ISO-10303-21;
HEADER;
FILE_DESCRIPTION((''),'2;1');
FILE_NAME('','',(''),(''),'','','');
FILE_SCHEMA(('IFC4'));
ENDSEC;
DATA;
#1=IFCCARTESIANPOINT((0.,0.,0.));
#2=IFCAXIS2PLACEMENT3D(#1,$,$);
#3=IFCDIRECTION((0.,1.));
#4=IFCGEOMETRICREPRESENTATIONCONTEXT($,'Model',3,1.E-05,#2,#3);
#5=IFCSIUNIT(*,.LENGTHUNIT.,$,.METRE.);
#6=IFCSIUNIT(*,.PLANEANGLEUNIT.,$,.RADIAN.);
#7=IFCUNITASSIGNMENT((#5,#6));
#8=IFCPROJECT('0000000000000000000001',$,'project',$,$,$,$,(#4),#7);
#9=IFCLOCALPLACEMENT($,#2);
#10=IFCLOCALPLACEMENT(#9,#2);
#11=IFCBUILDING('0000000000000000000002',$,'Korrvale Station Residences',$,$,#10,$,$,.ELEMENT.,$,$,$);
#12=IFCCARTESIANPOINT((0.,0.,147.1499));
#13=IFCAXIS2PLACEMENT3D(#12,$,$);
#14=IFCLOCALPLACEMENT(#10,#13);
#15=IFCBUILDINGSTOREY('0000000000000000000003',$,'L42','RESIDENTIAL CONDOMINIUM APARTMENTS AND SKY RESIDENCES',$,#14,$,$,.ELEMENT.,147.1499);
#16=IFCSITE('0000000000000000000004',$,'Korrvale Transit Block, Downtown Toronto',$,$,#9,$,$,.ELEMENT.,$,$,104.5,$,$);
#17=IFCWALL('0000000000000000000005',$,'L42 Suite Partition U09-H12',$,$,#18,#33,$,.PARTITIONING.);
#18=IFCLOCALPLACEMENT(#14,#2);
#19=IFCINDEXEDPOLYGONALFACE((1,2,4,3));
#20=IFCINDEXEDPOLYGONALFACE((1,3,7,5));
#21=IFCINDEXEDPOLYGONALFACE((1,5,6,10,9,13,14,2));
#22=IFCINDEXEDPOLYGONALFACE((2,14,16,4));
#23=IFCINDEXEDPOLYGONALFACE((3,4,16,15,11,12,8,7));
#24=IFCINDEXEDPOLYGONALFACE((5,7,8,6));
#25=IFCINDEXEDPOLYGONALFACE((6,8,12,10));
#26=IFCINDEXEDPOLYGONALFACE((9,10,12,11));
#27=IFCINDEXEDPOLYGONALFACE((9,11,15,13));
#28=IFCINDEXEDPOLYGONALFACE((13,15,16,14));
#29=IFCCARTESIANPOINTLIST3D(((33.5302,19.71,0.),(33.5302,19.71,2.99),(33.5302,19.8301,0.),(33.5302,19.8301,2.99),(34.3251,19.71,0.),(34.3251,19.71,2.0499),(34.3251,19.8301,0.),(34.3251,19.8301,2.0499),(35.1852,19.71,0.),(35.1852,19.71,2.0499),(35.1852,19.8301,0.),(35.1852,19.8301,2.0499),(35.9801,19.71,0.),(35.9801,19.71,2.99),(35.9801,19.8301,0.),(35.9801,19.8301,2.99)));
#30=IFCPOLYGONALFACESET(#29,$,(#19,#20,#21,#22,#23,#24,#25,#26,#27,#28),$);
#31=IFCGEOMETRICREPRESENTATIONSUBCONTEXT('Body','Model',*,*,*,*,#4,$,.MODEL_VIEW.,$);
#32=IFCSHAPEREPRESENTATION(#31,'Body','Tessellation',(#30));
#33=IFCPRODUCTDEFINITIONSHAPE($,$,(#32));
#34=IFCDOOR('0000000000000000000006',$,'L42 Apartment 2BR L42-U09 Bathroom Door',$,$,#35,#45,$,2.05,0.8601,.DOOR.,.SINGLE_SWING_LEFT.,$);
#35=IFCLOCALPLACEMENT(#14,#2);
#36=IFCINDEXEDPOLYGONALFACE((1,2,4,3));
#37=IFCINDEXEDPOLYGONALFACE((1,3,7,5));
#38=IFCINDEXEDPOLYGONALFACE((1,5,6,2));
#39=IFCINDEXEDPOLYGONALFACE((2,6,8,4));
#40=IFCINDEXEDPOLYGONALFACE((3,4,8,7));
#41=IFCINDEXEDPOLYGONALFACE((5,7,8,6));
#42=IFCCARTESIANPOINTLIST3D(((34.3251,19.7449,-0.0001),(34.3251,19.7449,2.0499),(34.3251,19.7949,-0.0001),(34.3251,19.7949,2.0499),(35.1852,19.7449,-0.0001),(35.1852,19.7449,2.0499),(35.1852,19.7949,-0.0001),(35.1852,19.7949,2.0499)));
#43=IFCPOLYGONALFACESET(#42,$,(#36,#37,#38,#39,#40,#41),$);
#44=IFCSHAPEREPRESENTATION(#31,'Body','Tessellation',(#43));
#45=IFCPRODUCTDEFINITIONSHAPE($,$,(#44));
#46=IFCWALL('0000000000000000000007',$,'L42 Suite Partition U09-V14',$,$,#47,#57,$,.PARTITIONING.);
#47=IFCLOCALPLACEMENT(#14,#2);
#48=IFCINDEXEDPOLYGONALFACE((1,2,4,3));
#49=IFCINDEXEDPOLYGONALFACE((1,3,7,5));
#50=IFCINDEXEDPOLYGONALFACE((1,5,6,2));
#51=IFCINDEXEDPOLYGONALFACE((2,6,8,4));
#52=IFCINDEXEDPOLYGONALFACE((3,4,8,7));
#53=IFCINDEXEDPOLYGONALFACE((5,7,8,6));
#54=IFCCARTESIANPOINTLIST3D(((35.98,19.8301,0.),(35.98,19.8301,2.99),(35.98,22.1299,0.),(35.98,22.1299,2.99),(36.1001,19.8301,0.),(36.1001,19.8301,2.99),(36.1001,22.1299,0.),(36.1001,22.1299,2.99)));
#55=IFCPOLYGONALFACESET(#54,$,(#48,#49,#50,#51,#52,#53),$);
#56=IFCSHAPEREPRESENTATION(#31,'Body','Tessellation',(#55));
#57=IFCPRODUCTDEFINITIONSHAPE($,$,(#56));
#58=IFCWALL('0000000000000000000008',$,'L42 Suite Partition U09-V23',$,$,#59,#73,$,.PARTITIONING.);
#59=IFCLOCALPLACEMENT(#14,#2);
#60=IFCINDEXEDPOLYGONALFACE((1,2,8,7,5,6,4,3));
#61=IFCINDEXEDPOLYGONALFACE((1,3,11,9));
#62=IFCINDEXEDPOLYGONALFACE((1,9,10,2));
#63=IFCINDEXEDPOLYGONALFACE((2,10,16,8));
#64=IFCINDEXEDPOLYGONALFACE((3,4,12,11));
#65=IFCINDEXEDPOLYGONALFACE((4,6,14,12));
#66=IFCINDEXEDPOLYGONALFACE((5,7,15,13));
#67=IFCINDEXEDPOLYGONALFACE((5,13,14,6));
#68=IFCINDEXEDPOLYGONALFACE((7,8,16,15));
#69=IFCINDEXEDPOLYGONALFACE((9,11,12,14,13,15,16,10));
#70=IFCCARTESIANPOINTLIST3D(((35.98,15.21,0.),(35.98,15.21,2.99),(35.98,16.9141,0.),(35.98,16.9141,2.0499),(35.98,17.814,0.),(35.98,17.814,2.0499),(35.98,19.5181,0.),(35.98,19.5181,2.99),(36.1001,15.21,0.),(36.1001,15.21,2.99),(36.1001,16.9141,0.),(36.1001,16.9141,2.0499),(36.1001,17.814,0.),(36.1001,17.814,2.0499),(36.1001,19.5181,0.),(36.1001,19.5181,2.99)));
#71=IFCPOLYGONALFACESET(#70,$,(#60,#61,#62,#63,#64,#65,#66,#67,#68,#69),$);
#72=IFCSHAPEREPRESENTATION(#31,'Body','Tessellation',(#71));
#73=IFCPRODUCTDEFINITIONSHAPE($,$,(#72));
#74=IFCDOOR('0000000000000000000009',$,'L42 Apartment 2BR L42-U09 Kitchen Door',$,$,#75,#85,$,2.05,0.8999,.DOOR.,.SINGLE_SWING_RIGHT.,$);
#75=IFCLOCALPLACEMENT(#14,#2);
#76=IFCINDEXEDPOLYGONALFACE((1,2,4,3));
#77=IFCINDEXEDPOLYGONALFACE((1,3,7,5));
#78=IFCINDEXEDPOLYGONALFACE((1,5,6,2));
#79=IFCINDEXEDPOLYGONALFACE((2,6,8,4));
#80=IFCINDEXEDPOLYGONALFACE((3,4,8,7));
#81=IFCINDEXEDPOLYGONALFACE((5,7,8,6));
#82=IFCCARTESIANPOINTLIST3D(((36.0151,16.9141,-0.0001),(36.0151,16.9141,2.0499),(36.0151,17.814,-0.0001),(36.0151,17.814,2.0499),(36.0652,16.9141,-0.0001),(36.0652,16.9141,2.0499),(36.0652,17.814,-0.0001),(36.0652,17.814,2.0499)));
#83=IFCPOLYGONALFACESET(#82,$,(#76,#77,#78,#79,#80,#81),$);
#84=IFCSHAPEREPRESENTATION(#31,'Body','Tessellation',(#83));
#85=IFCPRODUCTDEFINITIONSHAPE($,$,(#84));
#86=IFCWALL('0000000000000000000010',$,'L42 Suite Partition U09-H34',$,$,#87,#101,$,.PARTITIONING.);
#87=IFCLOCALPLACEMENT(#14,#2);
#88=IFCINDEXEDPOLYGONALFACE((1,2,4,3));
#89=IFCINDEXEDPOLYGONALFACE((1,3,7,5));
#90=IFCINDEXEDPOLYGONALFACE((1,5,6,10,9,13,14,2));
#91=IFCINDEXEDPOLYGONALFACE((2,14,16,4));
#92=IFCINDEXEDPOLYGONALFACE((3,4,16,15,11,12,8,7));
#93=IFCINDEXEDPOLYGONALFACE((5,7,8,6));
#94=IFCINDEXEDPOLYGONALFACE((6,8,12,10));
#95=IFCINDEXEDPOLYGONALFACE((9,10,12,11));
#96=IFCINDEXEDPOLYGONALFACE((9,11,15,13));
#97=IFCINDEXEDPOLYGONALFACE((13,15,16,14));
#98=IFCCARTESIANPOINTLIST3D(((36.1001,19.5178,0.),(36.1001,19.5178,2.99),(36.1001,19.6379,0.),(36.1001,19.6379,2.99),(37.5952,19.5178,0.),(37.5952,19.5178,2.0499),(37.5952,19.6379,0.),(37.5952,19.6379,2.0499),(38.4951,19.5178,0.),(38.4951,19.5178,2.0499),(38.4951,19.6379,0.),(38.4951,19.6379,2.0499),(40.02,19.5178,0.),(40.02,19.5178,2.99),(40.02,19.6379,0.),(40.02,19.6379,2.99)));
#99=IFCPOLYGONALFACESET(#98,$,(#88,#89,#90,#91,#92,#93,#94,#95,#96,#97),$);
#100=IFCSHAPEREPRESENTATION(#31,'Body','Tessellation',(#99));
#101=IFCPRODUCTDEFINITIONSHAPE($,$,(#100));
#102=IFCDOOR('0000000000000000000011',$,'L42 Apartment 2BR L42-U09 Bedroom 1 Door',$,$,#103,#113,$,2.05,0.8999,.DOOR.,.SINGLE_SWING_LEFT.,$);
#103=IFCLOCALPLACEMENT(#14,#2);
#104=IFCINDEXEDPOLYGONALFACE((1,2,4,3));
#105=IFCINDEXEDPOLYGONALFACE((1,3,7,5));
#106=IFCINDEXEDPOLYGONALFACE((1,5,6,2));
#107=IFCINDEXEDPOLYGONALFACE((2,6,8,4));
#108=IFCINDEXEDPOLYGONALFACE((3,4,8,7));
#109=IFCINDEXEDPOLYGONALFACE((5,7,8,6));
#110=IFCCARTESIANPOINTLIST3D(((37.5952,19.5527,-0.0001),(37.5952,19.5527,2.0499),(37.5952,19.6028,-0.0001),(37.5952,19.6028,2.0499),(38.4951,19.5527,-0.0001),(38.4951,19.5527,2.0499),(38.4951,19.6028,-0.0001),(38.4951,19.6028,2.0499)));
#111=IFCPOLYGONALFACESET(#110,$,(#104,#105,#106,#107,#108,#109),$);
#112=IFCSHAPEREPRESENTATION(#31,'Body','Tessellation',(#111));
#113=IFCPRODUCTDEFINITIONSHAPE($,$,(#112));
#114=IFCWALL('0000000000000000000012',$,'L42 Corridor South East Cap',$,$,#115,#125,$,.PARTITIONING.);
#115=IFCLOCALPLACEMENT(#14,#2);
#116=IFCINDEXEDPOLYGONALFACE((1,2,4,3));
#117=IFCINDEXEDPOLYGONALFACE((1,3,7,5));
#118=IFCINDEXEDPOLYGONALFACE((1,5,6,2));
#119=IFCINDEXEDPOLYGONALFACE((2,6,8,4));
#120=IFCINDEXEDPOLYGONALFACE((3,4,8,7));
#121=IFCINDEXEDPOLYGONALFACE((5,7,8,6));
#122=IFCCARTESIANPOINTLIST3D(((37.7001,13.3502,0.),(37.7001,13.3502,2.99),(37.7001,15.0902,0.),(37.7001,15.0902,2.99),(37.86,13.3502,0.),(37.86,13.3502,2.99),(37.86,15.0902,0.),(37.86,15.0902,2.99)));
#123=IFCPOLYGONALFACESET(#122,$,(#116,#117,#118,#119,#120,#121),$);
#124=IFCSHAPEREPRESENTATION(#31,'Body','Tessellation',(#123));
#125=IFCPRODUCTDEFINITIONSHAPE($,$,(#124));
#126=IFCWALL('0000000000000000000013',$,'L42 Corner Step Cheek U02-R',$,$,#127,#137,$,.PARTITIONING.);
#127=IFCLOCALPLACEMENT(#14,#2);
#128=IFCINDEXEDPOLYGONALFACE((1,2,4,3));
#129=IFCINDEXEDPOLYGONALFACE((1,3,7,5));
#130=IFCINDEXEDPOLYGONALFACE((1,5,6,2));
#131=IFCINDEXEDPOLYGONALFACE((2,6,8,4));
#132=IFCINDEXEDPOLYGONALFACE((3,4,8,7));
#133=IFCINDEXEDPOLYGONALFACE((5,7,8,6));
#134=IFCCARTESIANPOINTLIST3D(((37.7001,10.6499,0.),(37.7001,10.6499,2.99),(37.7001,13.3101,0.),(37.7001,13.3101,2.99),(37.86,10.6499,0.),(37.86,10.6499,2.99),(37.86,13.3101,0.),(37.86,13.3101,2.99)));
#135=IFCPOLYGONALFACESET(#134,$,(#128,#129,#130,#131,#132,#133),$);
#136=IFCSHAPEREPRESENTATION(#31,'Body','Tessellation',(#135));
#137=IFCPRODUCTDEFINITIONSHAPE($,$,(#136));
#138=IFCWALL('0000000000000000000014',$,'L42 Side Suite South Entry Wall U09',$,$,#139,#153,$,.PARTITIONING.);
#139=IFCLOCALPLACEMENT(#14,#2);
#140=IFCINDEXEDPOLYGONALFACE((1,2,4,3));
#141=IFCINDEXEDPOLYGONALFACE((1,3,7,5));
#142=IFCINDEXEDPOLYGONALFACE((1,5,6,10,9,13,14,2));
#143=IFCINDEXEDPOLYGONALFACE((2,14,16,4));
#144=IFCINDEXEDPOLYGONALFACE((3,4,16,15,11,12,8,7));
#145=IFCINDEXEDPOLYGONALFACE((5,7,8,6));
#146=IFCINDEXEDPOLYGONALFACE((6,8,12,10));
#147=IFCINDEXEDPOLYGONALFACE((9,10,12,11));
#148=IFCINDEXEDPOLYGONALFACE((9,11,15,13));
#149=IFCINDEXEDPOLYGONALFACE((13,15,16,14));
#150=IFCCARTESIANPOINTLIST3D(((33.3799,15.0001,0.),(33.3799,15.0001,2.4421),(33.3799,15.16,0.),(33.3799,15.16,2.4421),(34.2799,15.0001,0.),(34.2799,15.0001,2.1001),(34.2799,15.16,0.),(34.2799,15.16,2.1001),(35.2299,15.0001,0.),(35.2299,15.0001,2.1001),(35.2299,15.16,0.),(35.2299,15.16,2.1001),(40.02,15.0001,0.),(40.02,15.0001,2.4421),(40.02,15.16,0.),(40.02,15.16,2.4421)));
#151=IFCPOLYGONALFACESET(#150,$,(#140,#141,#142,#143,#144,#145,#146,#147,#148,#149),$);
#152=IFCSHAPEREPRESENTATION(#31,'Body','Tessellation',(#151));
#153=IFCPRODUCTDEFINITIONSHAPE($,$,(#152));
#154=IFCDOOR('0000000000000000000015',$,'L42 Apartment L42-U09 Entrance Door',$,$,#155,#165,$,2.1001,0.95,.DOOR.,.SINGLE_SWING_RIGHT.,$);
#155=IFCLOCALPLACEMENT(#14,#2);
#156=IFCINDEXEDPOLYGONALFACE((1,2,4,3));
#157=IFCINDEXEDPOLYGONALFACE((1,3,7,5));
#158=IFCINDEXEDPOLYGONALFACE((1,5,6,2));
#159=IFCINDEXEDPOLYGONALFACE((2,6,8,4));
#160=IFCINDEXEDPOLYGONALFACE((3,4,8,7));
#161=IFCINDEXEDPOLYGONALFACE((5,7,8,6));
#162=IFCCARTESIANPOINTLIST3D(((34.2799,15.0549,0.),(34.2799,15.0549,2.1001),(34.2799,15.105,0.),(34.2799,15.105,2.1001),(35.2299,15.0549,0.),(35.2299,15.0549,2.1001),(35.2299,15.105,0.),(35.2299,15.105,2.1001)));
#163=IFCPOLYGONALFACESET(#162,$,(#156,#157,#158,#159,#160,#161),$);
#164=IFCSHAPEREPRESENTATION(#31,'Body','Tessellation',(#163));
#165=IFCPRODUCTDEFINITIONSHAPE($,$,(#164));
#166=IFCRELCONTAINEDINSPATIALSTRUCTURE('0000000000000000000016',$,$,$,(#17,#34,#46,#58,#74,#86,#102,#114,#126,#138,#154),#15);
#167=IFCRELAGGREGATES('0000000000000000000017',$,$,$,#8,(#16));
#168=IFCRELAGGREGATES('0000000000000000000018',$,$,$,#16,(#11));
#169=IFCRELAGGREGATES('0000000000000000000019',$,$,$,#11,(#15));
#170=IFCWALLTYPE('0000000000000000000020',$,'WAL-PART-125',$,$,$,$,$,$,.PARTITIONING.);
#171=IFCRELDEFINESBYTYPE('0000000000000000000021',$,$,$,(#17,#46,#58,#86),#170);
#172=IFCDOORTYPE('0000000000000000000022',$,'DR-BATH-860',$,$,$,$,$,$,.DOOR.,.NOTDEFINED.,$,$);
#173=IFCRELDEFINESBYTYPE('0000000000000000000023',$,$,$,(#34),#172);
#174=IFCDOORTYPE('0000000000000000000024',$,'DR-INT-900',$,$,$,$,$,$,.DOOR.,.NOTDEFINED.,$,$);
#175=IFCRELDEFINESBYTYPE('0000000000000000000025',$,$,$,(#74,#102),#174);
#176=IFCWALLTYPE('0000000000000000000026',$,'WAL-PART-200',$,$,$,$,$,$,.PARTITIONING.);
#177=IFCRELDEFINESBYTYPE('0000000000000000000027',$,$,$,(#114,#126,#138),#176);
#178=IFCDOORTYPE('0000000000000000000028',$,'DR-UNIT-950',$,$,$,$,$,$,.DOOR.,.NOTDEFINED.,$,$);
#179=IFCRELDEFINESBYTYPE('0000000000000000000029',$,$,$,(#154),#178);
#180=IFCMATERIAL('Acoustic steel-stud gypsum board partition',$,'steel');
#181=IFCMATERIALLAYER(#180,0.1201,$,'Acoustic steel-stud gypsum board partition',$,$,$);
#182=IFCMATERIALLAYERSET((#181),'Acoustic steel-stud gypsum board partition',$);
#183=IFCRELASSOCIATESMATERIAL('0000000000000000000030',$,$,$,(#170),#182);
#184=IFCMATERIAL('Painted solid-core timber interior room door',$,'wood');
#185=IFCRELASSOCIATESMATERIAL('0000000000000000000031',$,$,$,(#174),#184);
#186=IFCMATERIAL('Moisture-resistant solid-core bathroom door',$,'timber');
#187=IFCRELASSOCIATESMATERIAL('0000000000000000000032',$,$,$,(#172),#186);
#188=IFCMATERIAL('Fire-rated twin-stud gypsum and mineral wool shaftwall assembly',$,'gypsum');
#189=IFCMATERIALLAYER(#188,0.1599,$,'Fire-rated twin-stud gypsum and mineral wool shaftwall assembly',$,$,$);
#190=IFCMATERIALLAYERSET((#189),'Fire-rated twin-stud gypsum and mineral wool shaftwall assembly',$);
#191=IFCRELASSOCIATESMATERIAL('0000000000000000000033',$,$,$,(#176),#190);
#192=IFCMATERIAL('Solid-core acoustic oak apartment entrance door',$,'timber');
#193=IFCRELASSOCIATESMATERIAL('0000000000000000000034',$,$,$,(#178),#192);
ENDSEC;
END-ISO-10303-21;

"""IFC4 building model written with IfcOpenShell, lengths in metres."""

from ifc_helpers import new_model, si_unit, direction, frame, frame_2d, origin, place, context, subcontext, project, spatial, rectangle, extrude, material, layer, layer_set, type_object, element, fill, save


model = new_model("IFC4")

# Units and contexts
model_context = context("Model", 3, precision=1e-05, world=origin(), true_north=direction((0.0, 1.0)))
body_context = subcontext(model_context, "Body", "Model", "MODEL_VIEW")
ifc_project = project(units=[si_unit("LENGTHUNIT", "METRE"), si_unit("PLANEANGLEUNIT", "RADIAN")], contexts=[model_context])

# Site, building, storey
site_placement = place(None, origin())
site = spatial("IfcSite", under=ifc_project, at=site_placement, Name="Korrvale Transit Block, Downtown Toronto", CompositionType="ELEMENT", RefElevation=104.5)
building_placement = place(site_placement, origin())
building = spatial("IfcBuilding", under=site, at=building_placement, Name="Korrvale Station Residences", CompositionType="ELEMENT")
storey_placement = place(building_placement, frame((0.0, 0.0, 147.1499)))
storey = spatial("IfcBuildingStorey", under=building, at=storey_placement, Name="L42", Description="RESIDENTIAL CONDOMINIUM APARTMENTS AND SKY RESIDENCES", CompositionType="ELEMENT", Elevation=147.1499)

# Wall, opening, door
ifc_material_1 = material(Name="Acoustic steel-stud gypsum board partition", Category="steel")
ifc_layer_1 = layer(ifc_material_1, 0.1201, Name="Acoustic steel-stud gypsum board partition")
ifc_layer_set_1 = layer_set([ifc_layer_1], Name="Acoustic steel-stud gypsum board partition")
wall_type_1 = type_object("IfcWallType", Name="WAL-PART-125", PredefinedType="PARTITIONING", material=ifc_layer_set_1)
ifc_material_2 = material(Name="Painted solid-core timber interior room door", Category="wood")
door_type_1 = type_object("IfcDoorType", Name="DR-INT-900", OperationType="NOTDEFINED", PredefinedType="DOOR", material=ifc_material_2)
wall_1_placement = place(storey_placement, frame((33.53, 19.77, 0.0), z_axis=(0.0, 0.0, 1.0), x_axis=(1.0, 0.0, 0.0)))
wall_1 = element("IfcWall", 1, at=wall_1_placement, inside=storey, type_object=wall_type_1, Name="L42 Suite Partition U09-H12", PredefinedType="PARTITIONING", context=body_context, shape_type="SweptSolid", body=[
    extrude(rectangle(XDim=2.45, YDim=0.1201, at=frame_2d((1.2251, 0.0))), origin(), (0.0, 0.0, 1.0), 2.99),
])
opening_1_placement = place(wall_1_placement, frame((0.7949, 0.0, 0.0)))
opening_1 = element("IfcOpeningElement", 2, at=opening_1_placement, cuts=wall_1, PredefinedType="OPENING", context=body_context, shape_type="SweptSolid", body=[
    extrude(rectangle(XDim=0.8601, YDim=2.05, at=frame_2d((0.4302, 1.0249))), frame((0.0, 0.0701, 0.0), z_axis=(0.0, -1.0, 0.0), x_axis=(1.0, 0.0, 0.0)), (0.0, 0.0, 1.0), 0.1401),
])
ifc_material_3 = material(Name="Moisture-resistant solid-core bathroom door", Category="timber")
door_type_2 = type_object("IfcDoorType", Name="DR-BATH-860", OperationType="NOTDEFINED", PredefinedType="DOOR", material=ifc_material_3)
door_1_placement = place(opening_1_placement, origin())
door_1 = element("IfcDoor", 3, at=door_1_placement, inside=storey, type_object=door_type_2, Name="L42 Apartment 2BR L42-U09 Bathroom Door", OperationType="SINGLE_SWING_LEFT", OverallHeight=2.05, OverallWidth=0.8601, PredefinedType="DOOR", context=body_context, shape_type="SweptSolid", body=[
    extrude(rectangle(XDim=0.8601, YDim=2.05, at=frame_2d((0.4302, 1.0249))), frame((0.0, 0.0249, 0.0), z_axis=(0.0, -1.0, 0.0), x_axis=(1.0, 0.0, 0.0)), (0.0, 0.0, 1.0), 0.05),
])
fill(opening_1, door_1)

# Wall
wall_2_placement = place(storey_placement, frame((36.04, 19.8301, 0.0), z_axis=(0.0, 0.0, 1.0), x_axis=(0.0, 1.0, 0.0)))
element("IfcWall", 4, at=wall_2_placement, inside=storey, type_object=wall_type_1, Name="L42 Suite Partition U09-V14", PredefinedType="PARTITIONING", context=body_context, shape_type="SweptSolid", body=[
    extrude(rectangle(XDim=2.2998, YDim=0.1201, at=frame_2d((1.1499, 0.0))), origin(), (0.0, 0.0, 1.0), 2.99),
])

# Walls, openings, doors
wall_3_placement = place(storey_placement, frame((36.04, 15.21, 0.0), z_axis=(0.0, 0.0, 1.0), x_axis=(0.0, 1.0, 0.0)))
wall_3 = element("IfcWall", 5, at=wall_3_placement, inside=storey, type_object=wall_type_1, Name="L42 Suite Partition U09-V23", PredefinedType="PARTITIONING", context=body_context, shape_type="SweptSolid", body=[
    extrude(rectangle(XDim=4.3081, YDim=0.1201, at=frame_2d((2.1541, 0.0))), origin(), (0.0, 0.0, 1.0), 2.99),
])
opening_2_placement = place(wall_3_placement, frame((1.7041, 0.0, 0.0)))
opening_2 = element("IfcOpeningElement", 6, at=opening_2_placement, cuts=wall_3, PredefinedType="OPENING", context=body_context, shape_type="SweptSolid", body=[
    extrude(rectangle(XDim=0.8999, YDim=2.05, at=frame_2d((0.45, 1.0249))), frame((0.0, 0.0701, 0.0), z_axis=(0.0, -1.0, 0.0), x_axis=(1.0, 0.0, 0.0)), (0.0, 0.0, 1.0), 0.1401),
])
door_2_placement = place(opening_2_placement, origin())
door_2 = element("IfcDoor", 7, at=door_2_placement, inside=storey, type_object=door_type_1, Name="L42 Apartment 2BR L42-U09 Kitchen Door", OperationType="SINGLE_SWING_RIGHT", OverallHeight=2.05, OverallWidth=0.8999, PredefinedType="DOOR", context=body_context, shape_type="SweptSolid", body=[
    extrude(rectangle(XDim=0.8999, YDim=2.05, at=frame_2d((0.45, 1.0249))), frame((0.0, 0.0249, 0.0), z_axis=(0.0, -1.0, 0.0), x_axis=(1.0, 0.0, 0.0)), (0.0, 0.0, 1.0), 0.05),
])
fill(opening_2, door_2)
wall_4_placement = place(storey_placement, frame((36.1001, 19.5779, 0.0), z_axis=(0.0, 0.0, 1.0), x_axis=(1.0, 0.0, 0.0)))
wall_4 = element("IfcWall", 8, at=wall_4_placement, inside=storey, type_object=wall_type_1, Name="L42 Suite Partition U09-H34", PredefinedType="PARTITIONING", context=body_context, shape_type="SweptSolid", body=[
    extrude(rectangle(XDim=3.9199, YDim=0.1201, at=frame_2d((1.96, 0.0))), origin(), (0.0, 0.0, 1.0), 2.99),
])
opening_3_placement = place(wall_4_placement, frame((1.4951, 0.0, 0.0)))
opening_3 = element("IfcOpeningElement", 9, at=opening_3_placement, cuts=wall_4, PredefinedType="OPENING", context=body_context, shape_type="SweptSolid", body=[
    extrude(rectangle(XDim=0.8999, YDim=2.05, at=frame_2d((0.45, 1.0249))), frame((0.0, 0.0701, 0.0), z_axis=(0.0, -1.0, 0.0), x_axis=(1.0, 0.0, 0.0)), (0.0, 0.0, 1.0), 0.1401),
])
door_3_placement = place(opening_3_placement, origin())
door_3 = element("IfcDoor", 10, at=door_3_placement, inside=storey, type_object=door_type_1, Name="L42 Apartment 2BR L42-U09 Bedroom 1 Door", OperationType="SINGLE_SWING_LEFT", OverallHeight=2.05, OverallWidth=0.8999, PredefinedType="DOOR", context=body_context, shape_type="SweptSolid", body=[
    extrude(rectangle(XDim=0.8999, YDim=2.05, at=frame_2d((0.45, 1.0249))), frame((0.0, 0.0249, 0.0), z_axis=(0.0, -1.0, 0.0), x_axis=(1.0, 0.0, 0.0)), (0.0, 0.0, 1.0), 0.05),
])
fill(opening_3, door_3)

# Walls
ifc_material_4 = material(Name="Fire-rated twin-stud gypsum and mineral wool shaftwall assembly", Category="gypsum")
ifc_layer_2 = layer(ifc_material_4, 0.1599, Name="Fire-rated twin-stud gypsum and mineral wool shaftwall assembly")
ifc_layer_set_2 = layer_set([ifc_layer_2], Name="Fire-rated twin-stud gypsum and mineral wool shaftwall assembly")
wall_type_2 = type_object("IfcWallType", Name="WAL-PART-200", PredefinedType="PARTITIONING", material=ifc_layer_set_2)
wall_5_placement = place(storey_placement, frame((37.78, 13.3501, 0.0), z_axis=(0.0, 0.0, 1.0), x_axis=(0.0, 1.0, 0.0)))
element("IfcWall", 11, at=wall_5_placement, inside=storey, type_object=wall_type_2, Name="L42 Corridor South East Cap", PredefinedType="PARTITIONING", context=body_context, shape_type="SweptSolid", body=[
    extrude(rectangle(XDim=1.74, YDim=0.1599, at=frame_2d((0.8701, 0.0))), origin(), (0.0, 0.0, 1.0), 2.99),
])
wall_6_placement = place(storey_placement, frame((37.78, 10.6499, 0.0), z_axis=(0.0, 0.0, 1.0), x_axis=(0.0, 1.0, 0.0)))
element("IfcWall", 12, at=wall_6_placement, inside=storey, type_object=wall_type_2, Name="L42 Corner Step Cheek U02-R", PredefinedType="PARTITIONING", context=body_context, shape_type="SweptSolid", body=[
    extrude(rectangle(XDim=2.6602, YDim=0.1599, at=frame_2d((1.3301, 0.0))), origin(), (0.0, 0.0, 1.0), 2.99),
])

# Wall, opening, door
wall_7_placement = place(storey_placement, frame((33.3799, 15.0801, 0.0), z_axis=(0.0, 0.0, 1.0), x_axis=(1.0, 0.0, 0.0)))
wall_7 = element("IfcWall", 13, at=wall_7_placement, inside=storey, type_object=wall_type_2, Name="L42 Side Suite South Entry Wall U09", PredefinedType="PARTITIONING", context=body_context, shape_type="SweptSolid", body=[
    extrude(rectangle(XDim=6.6401, YDim=0.1599, at=frame_2d((3.3201, 0.0))), origin(), (0.0, 0.0, 1.0), 2.4421),
])
opening_4_placement = place(wall_7_placement, frame((0.8999, 0.0, 0.0)))
opening_4 = element("IfcOpeningElement", 14, at=opening_4_placement, cuts=wall_7, PredefinedType="OPENING", context=body_context, shape_type="SweptSolid", body=[
    extrude(rectangle(XDim=0.95, YDim=2.1001, at=frame_2d((0.4751, 1.05))), frame((0.0, 0.0898, 0.0), z_axis=(0.0, -1.0, 0.0), x_axis=(1.0, 0.0, 0.0)), (0.0, 0.0, 1.0), 0.1799),
])
ifc_material_5 = material(Name="Solid-core acoustic oak apartment entrance door", Category="timber")
door_type_3 = type_object("IfcDoorType", Name="DR-UNIT-950", OperationType="NOTDEFINED", PredefinedType="DOOR", material=ifc_material_5)
door_4_placement = place(opening_4_placement, origin())
door_4 = element("IfcDoor", 15, at=door_4_placement, inside=storey, type_object=door_type_3, Name="L42 Apartment L42-U09 Entrance Door", OperationType="SINGLE_SWING_RIGHT", OverallHeight=2.1001, OverallWidth=0.95, PredefinedType="DOOR", context=body_context, shape_type="SweptSolid", body=[
    extrude(rectangle(XDim=0.95, YDim=2.1001, at=frame_2d((0.4751, 1.05))), frame((0.0, 0.0249, 0.0), z_axis=(0.0, -1.0, 0.0), x_axis=(1.0, 0.0, 0.0)), (0.0, 0.0, 1.0), 0.05),
])
fill(opening_4, door_4)

save(model, "model.ifc")
